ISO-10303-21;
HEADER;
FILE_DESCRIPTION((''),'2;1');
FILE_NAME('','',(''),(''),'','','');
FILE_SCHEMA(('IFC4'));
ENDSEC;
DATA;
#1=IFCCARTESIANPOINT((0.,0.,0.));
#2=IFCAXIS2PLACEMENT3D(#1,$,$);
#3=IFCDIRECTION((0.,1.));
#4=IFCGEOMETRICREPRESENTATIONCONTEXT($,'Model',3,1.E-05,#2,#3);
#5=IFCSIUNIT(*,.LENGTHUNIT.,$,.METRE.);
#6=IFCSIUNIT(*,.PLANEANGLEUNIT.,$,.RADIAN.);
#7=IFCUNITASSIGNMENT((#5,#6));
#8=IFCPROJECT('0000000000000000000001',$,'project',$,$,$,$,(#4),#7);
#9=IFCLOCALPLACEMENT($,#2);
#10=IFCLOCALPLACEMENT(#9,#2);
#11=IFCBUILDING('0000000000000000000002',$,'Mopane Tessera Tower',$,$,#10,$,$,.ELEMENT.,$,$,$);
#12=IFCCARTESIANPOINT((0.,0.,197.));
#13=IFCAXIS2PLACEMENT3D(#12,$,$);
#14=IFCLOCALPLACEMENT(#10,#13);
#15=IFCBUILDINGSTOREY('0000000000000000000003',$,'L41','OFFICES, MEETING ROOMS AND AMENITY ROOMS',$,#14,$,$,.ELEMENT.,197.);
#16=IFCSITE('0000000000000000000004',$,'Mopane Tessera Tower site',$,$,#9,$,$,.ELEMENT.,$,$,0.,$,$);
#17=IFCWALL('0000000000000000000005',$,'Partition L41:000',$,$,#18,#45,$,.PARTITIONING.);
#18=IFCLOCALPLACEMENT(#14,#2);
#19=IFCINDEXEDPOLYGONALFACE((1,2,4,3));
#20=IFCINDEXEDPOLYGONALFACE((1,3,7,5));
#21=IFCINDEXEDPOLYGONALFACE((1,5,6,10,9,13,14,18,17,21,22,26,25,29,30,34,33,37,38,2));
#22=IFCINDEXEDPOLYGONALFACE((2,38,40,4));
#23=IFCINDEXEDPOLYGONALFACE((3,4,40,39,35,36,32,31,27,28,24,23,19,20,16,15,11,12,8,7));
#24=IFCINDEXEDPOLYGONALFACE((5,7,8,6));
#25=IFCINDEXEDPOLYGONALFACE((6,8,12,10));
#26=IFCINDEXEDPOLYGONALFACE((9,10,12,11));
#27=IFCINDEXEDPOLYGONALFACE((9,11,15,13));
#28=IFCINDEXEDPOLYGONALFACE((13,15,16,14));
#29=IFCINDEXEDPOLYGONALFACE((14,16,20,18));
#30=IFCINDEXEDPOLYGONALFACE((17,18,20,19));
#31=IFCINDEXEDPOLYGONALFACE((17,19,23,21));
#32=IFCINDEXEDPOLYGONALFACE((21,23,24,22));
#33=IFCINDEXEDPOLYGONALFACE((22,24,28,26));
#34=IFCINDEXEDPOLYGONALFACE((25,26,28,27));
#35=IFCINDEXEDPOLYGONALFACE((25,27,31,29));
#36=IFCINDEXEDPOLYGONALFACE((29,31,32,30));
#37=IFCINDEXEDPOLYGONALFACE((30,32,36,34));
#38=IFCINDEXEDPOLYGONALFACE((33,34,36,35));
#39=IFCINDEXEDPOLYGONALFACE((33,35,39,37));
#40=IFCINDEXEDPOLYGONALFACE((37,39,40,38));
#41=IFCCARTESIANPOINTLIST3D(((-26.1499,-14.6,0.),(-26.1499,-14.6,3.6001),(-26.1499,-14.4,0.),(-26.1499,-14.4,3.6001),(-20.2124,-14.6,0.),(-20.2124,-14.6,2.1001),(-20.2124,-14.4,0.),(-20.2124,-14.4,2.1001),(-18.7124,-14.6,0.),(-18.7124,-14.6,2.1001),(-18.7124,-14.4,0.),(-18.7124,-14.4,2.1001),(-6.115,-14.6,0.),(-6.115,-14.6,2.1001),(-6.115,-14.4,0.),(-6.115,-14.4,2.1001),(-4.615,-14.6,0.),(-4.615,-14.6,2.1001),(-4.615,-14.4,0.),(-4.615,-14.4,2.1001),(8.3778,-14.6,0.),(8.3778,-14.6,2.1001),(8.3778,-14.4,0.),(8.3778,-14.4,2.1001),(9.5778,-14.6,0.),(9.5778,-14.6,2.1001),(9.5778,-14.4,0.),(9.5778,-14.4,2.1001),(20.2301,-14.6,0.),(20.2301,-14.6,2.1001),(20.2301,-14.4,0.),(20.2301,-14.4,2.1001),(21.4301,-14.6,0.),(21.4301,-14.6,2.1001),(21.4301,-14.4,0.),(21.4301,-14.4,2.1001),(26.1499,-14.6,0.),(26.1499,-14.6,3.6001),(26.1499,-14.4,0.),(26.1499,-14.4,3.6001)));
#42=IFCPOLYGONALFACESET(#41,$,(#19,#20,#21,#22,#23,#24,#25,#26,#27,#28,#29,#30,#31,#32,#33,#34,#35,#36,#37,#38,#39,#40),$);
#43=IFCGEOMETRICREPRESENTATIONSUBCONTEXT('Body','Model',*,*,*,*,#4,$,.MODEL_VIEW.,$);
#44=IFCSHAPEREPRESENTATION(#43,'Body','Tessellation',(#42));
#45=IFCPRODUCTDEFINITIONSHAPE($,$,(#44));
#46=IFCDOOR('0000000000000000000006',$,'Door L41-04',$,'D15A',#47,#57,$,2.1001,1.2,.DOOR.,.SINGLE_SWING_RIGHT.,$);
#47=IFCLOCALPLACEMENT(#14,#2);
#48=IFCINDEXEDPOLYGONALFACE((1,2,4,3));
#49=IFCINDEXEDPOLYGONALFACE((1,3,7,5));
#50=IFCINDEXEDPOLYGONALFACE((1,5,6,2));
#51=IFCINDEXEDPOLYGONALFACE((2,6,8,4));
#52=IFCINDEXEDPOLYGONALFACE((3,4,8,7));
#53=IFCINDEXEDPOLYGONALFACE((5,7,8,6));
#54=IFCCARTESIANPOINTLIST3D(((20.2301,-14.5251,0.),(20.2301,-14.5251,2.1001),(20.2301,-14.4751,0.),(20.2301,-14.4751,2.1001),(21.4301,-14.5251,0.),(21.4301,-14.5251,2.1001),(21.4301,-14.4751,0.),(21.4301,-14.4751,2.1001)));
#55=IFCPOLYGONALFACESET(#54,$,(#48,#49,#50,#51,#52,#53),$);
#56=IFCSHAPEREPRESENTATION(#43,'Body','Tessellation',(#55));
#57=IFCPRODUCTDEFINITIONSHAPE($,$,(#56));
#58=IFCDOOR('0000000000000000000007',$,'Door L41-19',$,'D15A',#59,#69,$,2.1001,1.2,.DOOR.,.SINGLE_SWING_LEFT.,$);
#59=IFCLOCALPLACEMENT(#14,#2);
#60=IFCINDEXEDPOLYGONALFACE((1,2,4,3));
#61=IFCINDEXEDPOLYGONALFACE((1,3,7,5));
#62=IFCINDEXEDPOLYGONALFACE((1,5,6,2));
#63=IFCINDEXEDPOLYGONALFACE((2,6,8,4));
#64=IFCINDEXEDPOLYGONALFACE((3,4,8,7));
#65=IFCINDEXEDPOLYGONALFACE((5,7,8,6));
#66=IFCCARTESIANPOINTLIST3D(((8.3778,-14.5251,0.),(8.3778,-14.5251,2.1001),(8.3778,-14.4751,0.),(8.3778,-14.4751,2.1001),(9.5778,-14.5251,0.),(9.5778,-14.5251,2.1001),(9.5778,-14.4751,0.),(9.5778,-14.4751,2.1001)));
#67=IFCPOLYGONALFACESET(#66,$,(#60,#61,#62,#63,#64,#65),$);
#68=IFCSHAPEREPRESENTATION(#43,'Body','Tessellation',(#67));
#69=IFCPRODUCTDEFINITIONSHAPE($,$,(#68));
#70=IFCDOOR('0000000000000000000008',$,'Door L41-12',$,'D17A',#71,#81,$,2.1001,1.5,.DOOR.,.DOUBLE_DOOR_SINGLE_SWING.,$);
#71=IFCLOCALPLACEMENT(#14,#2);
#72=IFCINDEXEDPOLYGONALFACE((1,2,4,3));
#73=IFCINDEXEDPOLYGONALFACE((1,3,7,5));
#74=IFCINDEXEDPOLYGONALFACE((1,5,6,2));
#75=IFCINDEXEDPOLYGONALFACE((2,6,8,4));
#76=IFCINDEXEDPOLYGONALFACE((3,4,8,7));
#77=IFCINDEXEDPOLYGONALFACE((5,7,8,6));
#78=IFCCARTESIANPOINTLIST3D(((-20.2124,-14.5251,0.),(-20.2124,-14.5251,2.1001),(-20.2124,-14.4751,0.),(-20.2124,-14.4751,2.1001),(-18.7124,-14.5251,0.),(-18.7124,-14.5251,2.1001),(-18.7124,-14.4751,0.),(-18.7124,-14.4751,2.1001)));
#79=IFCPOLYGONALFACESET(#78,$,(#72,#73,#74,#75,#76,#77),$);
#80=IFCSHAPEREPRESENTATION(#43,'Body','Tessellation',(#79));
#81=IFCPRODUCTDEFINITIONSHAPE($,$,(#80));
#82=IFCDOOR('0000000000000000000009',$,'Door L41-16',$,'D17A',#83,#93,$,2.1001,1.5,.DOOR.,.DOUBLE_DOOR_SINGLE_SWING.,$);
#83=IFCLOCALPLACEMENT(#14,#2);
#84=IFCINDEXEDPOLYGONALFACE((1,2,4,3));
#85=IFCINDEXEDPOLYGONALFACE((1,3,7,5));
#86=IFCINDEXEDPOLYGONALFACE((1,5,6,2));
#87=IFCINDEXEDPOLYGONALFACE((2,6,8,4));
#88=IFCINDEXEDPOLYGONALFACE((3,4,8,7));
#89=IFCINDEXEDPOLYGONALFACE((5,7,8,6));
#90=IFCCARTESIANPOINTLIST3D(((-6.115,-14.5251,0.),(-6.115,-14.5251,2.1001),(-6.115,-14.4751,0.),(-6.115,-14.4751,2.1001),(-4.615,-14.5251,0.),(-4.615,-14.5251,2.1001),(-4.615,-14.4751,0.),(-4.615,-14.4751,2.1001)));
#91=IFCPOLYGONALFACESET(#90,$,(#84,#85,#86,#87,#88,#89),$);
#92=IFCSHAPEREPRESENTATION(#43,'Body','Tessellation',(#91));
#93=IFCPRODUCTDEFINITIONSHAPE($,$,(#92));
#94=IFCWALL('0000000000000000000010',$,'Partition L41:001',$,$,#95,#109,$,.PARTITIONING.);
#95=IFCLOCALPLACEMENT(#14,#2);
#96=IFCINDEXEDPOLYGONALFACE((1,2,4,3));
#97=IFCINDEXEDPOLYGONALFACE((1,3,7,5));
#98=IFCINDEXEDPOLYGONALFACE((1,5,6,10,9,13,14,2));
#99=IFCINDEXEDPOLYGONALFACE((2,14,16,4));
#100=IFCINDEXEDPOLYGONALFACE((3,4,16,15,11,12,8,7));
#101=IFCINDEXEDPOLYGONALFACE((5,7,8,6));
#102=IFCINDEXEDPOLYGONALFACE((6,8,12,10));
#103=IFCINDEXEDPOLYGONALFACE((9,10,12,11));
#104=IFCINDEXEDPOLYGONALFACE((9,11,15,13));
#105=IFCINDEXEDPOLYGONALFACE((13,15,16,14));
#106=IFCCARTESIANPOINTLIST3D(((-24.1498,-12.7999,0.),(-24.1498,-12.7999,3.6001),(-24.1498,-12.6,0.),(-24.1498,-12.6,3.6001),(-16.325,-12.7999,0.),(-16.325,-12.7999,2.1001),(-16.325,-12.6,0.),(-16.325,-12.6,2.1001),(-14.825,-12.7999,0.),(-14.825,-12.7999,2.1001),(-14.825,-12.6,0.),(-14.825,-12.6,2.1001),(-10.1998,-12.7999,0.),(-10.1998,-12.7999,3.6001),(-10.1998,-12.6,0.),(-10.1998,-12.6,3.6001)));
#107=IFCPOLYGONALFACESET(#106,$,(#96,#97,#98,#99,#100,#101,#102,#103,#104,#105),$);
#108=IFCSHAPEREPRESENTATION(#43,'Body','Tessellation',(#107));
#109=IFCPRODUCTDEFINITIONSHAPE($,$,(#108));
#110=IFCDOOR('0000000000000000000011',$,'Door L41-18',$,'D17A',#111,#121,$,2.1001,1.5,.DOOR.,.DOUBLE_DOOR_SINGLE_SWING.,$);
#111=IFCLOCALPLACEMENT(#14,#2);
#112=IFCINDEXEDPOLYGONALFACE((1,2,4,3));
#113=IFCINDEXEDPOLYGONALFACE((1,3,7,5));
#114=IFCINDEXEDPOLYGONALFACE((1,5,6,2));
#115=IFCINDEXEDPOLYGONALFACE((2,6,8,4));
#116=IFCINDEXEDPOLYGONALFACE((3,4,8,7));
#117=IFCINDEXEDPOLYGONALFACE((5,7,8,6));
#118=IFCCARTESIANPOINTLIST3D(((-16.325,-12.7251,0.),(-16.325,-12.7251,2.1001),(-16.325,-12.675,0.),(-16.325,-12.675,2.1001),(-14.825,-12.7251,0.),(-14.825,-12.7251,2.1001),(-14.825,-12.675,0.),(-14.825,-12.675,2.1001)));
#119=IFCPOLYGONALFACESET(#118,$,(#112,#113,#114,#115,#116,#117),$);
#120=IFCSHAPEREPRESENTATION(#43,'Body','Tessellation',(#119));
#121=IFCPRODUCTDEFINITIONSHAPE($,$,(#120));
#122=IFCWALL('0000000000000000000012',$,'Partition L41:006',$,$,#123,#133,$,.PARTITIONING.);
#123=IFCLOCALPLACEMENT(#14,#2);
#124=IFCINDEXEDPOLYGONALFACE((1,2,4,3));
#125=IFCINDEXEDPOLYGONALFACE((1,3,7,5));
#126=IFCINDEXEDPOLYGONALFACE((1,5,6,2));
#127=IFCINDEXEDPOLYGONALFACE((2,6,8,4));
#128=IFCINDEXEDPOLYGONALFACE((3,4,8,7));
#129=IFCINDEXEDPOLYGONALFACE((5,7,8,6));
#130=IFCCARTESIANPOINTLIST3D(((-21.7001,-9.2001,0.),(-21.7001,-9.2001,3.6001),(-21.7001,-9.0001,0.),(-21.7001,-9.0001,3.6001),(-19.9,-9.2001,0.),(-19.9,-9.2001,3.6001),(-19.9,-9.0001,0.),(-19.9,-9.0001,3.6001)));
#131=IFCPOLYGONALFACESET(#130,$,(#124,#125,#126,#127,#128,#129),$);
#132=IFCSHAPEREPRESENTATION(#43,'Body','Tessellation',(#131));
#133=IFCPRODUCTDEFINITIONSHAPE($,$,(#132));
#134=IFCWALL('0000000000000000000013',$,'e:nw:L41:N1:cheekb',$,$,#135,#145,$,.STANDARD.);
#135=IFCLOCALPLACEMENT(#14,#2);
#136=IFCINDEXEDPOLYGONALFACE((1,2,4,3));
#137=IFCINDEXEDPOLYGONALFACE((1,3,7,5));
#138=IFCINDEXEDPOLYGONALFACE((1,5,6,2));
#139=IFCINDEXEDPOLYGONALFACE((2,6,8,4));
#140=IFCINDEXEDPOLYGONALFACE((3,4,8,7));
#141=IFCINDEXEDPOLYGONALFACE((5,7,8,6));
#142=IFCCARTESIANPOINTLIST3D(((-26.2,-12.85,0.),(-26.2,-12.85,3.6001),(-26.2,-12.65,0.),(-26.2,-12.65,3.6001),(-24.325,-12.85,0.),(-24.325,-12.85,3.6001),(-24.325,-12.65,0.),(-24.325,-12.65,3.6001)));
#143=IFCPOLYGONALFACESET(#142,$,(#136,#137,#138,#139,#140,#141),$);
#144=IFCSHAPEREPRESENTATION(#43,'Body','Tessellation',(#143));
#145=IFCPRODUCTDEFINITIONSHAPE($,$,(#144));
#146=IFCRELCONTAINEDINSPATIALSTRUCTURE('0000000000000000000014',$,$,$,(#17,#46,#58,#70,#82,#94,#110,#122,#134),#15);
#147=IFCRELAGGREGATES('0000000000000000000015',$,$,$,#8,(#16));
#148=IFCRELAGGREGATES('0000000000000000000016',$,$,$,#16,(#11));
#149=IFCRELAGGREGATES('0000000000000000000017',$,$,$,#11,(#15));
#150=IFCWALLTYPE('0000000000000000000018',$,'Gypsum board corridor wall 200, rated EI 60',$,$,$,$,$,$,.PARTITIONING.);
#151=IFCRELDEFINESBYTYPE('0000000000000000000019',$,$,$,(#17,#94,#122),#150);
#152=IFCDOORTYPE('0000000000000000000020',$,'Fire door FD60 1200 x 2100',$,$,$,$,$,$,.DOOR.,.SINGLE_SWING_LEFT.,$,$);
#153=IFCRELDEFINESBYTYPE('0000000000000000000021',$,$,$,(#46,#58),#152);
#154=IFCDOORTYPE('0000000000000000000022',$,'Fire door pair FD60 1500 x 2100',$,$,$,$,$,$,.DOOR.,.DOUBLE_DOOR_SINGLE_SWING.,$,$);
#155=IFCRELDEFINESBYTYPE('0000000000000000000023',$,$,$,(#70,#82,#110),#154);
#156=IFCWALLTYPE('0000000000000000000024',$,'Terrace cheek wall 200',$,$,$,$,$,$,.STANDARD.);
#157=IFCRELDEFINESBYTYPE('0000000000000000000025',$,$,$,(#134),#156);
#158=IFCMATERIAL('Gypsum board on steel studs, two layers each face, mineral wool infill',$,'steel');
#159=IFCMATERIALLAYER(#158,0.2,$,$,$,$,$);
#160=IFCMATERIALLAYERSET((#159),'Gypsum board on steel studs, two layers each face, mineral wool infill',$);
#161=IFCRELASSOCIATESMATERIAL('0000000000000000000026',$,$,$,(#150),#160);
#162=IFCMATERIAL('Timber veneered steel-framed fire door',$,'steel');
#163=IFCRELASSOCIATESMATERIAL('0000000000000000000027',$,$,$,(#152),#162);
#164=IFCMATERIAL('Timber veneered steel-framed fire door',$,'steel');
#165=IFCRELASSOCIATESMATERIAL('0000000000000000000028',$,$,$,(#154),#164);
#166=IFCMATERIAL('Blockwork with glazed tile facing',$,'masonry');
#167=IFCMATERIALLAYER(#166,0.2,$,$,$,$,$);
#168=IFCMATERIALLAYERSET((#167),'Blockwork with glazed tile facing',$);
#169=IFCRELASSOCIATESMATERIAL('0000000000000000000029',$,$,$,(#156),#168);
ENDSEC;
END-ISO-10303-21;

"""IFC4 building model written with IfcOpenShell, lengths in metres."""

from ifc_helpers import new_model, si_unit, direction, frame, frame_2d, origin, place, context, subcontext, project, spatial, rectangle, extrude, material, layer, layer_set, type_object, element, fill, save


model = new_model("IFC4")

# Units and contexts
model_context = context("Model", 3, precision=1e-05, world=origin(), true_north=direction((0.0, 1.0)))
body_context = subcontext(model_context, "Body", "Model", "MODEL_VIEW")
ifc_project = project(units=[si_unit("LENGTHUNIT", "METRE"), si_unit("PLANEANGLEUNIT", "RADIAN")], contexts=[model_context])

# Site, building, storey
site_placement = place(None, origin())
site = spatial("IfcSite", under=ifc_project, at=site_placement, Name="Mopane Tessera Tower site", CompositionType="ELEMENT", RefElevation=0.0)
building_placement = place(site_placement, origin())
building = spatial("IfcBuilding", under=site, at=building_placement, Name="Mopane Tessera Tower", CompositionType="ELEMENT")
storey_placement = place(building_placement, frame((0.0, 0.0, 197.0)))
storey = spatial("IfcBuildingStorey", under=building, at=storey_placement, Name="L41", Description="OFFICES, MEETING ROOMS AND AMENITY ROOMS", CompositionType="ELEMENT", Elevation=197.0)

# Wall, openings, doors
ifc_material_1 = material(Name="Gypsum board on steel studs, two layers each face, mineral wool infill", Category="steel")
ifc_layer_1 = layer(ifc_material_1, 0.2)
ifc_layer_set_1 = layer_set([ifc_layer_1], Name="Gypsum board on steel studs, two layers each face, mineral wool infill")
wall_type_1 = type_object("IfcWallType", Name="Gypsum board corridor wall 200, rated EI 60", PredefinedType="PARTITIONING", material=ifc_layer_set_1)
wall_1_placement = place(storey_placement, frame((-26.1499, -14.5, 0.0), z_axis=(0.0, 0.0, 1.0), x_axis=(1.0, 0.0, 0.0)))
wall_1 = element("IfcWall", 1, at=wall_1_placement, inside=storey, type_object=wall_type_1, Name="Partition L41:000", PredefinedType="PARTITIONING", context=body_context, shape_type="SweptSolid", body=[
    extrude(rectangle(XDim=52.2998, YDim=0.2, at=frame_2d((26.1499, 0.0))), origin(), (0.0, 0.0, 1.0), 3.6001),
])
opening_1_placement = place(wall_1_placement, frame((46.3799, 0.0, 0.0)))
opening_1 = element("IfcOpeningElement", 2, at=opening_1_placement, cuts=wall_1, PredefinedType="OPENING", context=body_context, shape_type="SweptSolid", body=[
    extrude(rectangle(XDim=1.2, YDim=2.1001, at=frame_2d((0.6001, 1.05))), frame((0.0, 0.1121, 0.0), z_axis=(0.0, -1.0, 0.0), x_axis=(1.0, 0.0, 0.0)), (0.0, 0.0, 1.0), 0.2239),
])
opening_2_placement = place(wall_1_placement, frame((5.9375, 0.0, 0.0)))
opening_2 = element("IfcOpeningElement", 3, at=opening_2_placement, cuts=wall_1, PredefinedType="OPENING", context=body_context, shape_type="SweptSolid", body=[
    extrude(rectangle(XDim=1.5, YDim=2.1001, at=frame_2d((0.75, 1.05))), frame((0.0, 0.1121, 0.0), z_axis=(0.0, -1.0, 0.0), x_axis=(1.0, 0.0, 0.0)), (0.0, 0.0, 1.0), 0.2239),
])
opening_3_placement = place(wall_1_placement, frame((20.0349, 0.0, 0.0)))
opening_3 = element("IfcOpeningElement", 4, at=opening_3_placement, cuts=wall_1, PredefinedType="OPENING", context=body_context, shape_type="SweptSolid", body=[
    extrude(rectangle(XDim=1.5, YDim=2.1001, at=frame_2d((0.75, 1.05))), frame((0.0, 0.1121, 0.0), z_axis=(0.0, -1.0, 0.0), x_axis=(1.0, 0.0, 0.0)), (0.0, 0.0, 1.0), 0.2239),
])
opening_4_placement = place(wall_1_placement, frame((34.5276, 0.0, 0.0)))
opening_4 = element("IfcOpeningElement", 5, at=opening_4_placement, cuts=wall_1, PredefinedType="OPENING", context=body_context, shape_type="SweptSolid", body=[
    extrude(rectangle(XDim=1.2, YDim=2.1001, at=frame_2d((0.6001, 1.05))), frame((0.0, 0.1121, 0.0), z_axis=(0.0, -1.0, 0.0), x_axis=(1.0, 0.0, 0.0)), (0.0, 0.0, 1.0), 0.2239),
])
ifc_material_2 = material(Name="Timber veneered steel-framed fire door", Category="steel")
door_type_1 = type_object("IfcDoorType", Name="Fire door FD60 1200 x 2100", OperationType="SINGLE_SWING_LEFT", PredefinedType="DOOR", material=ifc_material_2)
door_1_placement = place(opening_1_placement, origin())
door_1 = element("IfcDoor", 6, at=door_1_placement, inside=storey, type_object=door_type_1, Name="Door L41-04", ObjectType="D15A", OperationType="SINGLE_SWING_RIGHT", OverallHeight=2.1001, OverallWidth=1.2, PredefinedType="DOOR", context=body_context, shape_type="SweptSolid", body=[
    extrude(rectangle(XDim=1.2, YDim=2.1001, at=frame_2d((0.6001, 1.05))), frame((0.0, 0.0249, 0.0), z_axis=(0.0, -1.0, 0.0), x_axis=(1.0, 0.0, 0.0)), (0.0, 0.0, 1.0), 0.05),
])
fill(opening_1, door_1)
door_2_placement = place(opening_4_placement, origin())
door_2 = element("IfcDoor", 7, at=door_2_placement, inside=storey, type_object=door_type_1, Name="Door L41-19", ObjectType="D15A", OperationType="SINGLE_SWING_LEFT", OverallHeight=2.1001, OverallWidth=1.2, PredefinedType="DOOR", context=body_context, shape_type="SweptSolid", body=[
    extrude(rectangle(XDim=1.2, YDim=2.1001, at=frame_2d((0.6001, 1.05))), frame((0.0, 0.0249, 0.0), z_axis=(0.0, -1.0, 0.0), x_axis=(1.0, 0.0, 0.0)), (0.0, 0.0, 1.0), 0.05),
])
fill(opening_4, door_2)
ifc_material_3 = material(Name="Timber veneered steel-framed fire door", Category="steel")
door_type_2 = type_object("IfcDoorType", Name="Fire door pair FD60 1500 x 2100", OperationType="DOUBLE_DOOR_SINGLE_SWING", PredefinedType="DOOR", material=ifc_material_3)
door_3_placement = place(opening_2_placement, origin())
door_3 = element("IfcDoor", 8, at=door_3_placement, inside=storey, type_object=door_type_2, Name="Door L41-12", ObjectType="D17A", OperationType="DOUBLE_DOOR_SINGLE_SWING", OverallHeight=2.1001, OverallWidth=1.5, PredefinedType="DOOR", context=body_context, shape_type="SweptSolid", body=[
    extrude(rectangle(XDim=1.5, YDim=2.1001, at=frame_2d((0.75, 1.05))), frame((0.0, 0.0249, 0.0), z_axis=(0.0, -1.0, 0.0), x_axis=(1.0, 0.0, 0.0)), (0.0, 0.0, 1.0), 0.05),
])
fill(opening_2, door_3)
door_4_placement = place(opening_3_placement, origin())
door_4 = element("IfcDoor", 9, at=door_4_placement, inside=storey, type_object=door_type_2, Name="Door L41-16", ObjectType="D17A", OperationType="DOUBLE_DOOR_SINGLE_SWING", OverallHeight=2.1001, OverallWidth=1.5, PredefinedType="DOOR", context=body_context, shape_type="SweptSolid", body=[
    extrude(rectangle(XDim=1.5, YDim=2.1001, at=frame_2d((0.75, 1.05))), frame((0.0, 0.0249, 0.0), z_axis=(0.0, -1.0, 0.0), x_axis=(1.0, 0.0, 0.0)), (0.0, 0.0, 1.0), 0.05),
])
fill(opening_3, door_4)

# Wall, opening, door
wall_2_placement = place(storey_placement, frame((-24.1499, -12.7, 0.0), z_axis=(0.0, 0.0, 1.0), x_axis=(1.0, 0.0, 0.0)))
wall_2 = element("IfcWall", 10, at=wall_2_placement, inside=storey, type_object=wall_type_1, Name="Partition L41:001", PredefinedType="PARTITIONING", context=body_context, shape_type="SweptSolid", body=[
    extrude(rectangle(XDim=13.95, YDim=0.2, at=frame_2d((6.9751, 0.0))), origin(), (0.0, 0.0, 1.0), 3.6001),
])
opening_5_placement = place(wall_2_placement, frame((7.825, 0.0, 0.0)))
opening_5 = element("IfcOpeningElement", 11, at=opening_5_placement, cuts=wall_2, PredefinedType="OPENING", context=body_context, shape_type="SweptSolid", body=[
    extrude(rectangle(XDim=1.5, YDim=2.1001, at=frame_2d((0.75, 1.05))), frame((0.0, 0.1121, 0.0), z_axis=(0.0, -1.0, 0.0), x_axis=(1.0, 0.0, 0.0)), (0.0, 0.0, 1.0), 0.2239),
])
door_5_placement = place(opening_5_placement, origin())
door_5 = element("IfcDoor", 12, at=door_5_placement, inside=storey, type_object=door_type_2, Name="Door L41-18", ObjectType="D17A", OperationType="DOUBLE_DOOR_SINGLE_SWING", OverallHeight=2.1001, OverallWidth=1.5, PredefinedType="DOOR", context=body_context, shape_type="SweptSolid", body=[
    extrude(rectangle(XDim=1.5, YDim=2.1001, at=frame_2d((0.75, 1.05))), frame((0.0, 0.0249, 0.0), z_axis=(0.0, -1.0, 0.0), x_axis=(1.0, 0.0, 0.0)), (0.0, 0.0, 1.0), 0.05),
])
fill(opening_5, door_5)

# Walls
wall_3_placement = place(storey_placement, frame((-21.7, -9.1001, 0.0), z_axis=(0.0, 0.0, 1.0), x_axis=(1.0, 0.0, 0.0)))
element("IfcWall", 13, at=wall_3_placement, inside=storey, type_object=wall_type_1, Name="Partition L41:006", PredefinedType="PARTITIONING", context=body_context, shape_type="SweptSolid", body=[
    extrude(rectangle(XDim=1.8, YDim=0.2, at=frame_2d((0.8999, 0.0))), origin(), (0.0, 0.0, 1.0), 3.6001),
])
ifc_material_4 = material(Name="Blockwork with glazed tile facing", Category="masonry")
ifc_layer_2 = layer(ifc_material_4, 0.2)
ifc_layer_set_2 = layer_set([ifc_layer_2], Name="Blockwork with glazed tile facing")
wall_type_2 = type_object("IfcWallType", Name="Terrace cheek wall 200", PredefinedType="STANDARD", material=ifc_layer_set_2)
wall_4_placement = place(storey_placement, frame((-26.2, -12.75, 0.0), z_axis=(0.0, 0.0, 1.0), x_axis=(1.0, 0.0, 0.0)))
element("IfcWall", 14, at=wall_4_placement, inside=storey, type_object=wall_type_2, Name="e:nw:L41:N1:cheekb", PredefinedType="STANDARD", context=body_context, shape_type="SweptSolid", body=[
    extrude(rectangle(XDim=1.875, YDim=0.2, at=frame_2d((0.9375, 0.0))), origin(), (0.0, 0.0, 1.0), 3.6001),
])

save(model, "model.ifc")
